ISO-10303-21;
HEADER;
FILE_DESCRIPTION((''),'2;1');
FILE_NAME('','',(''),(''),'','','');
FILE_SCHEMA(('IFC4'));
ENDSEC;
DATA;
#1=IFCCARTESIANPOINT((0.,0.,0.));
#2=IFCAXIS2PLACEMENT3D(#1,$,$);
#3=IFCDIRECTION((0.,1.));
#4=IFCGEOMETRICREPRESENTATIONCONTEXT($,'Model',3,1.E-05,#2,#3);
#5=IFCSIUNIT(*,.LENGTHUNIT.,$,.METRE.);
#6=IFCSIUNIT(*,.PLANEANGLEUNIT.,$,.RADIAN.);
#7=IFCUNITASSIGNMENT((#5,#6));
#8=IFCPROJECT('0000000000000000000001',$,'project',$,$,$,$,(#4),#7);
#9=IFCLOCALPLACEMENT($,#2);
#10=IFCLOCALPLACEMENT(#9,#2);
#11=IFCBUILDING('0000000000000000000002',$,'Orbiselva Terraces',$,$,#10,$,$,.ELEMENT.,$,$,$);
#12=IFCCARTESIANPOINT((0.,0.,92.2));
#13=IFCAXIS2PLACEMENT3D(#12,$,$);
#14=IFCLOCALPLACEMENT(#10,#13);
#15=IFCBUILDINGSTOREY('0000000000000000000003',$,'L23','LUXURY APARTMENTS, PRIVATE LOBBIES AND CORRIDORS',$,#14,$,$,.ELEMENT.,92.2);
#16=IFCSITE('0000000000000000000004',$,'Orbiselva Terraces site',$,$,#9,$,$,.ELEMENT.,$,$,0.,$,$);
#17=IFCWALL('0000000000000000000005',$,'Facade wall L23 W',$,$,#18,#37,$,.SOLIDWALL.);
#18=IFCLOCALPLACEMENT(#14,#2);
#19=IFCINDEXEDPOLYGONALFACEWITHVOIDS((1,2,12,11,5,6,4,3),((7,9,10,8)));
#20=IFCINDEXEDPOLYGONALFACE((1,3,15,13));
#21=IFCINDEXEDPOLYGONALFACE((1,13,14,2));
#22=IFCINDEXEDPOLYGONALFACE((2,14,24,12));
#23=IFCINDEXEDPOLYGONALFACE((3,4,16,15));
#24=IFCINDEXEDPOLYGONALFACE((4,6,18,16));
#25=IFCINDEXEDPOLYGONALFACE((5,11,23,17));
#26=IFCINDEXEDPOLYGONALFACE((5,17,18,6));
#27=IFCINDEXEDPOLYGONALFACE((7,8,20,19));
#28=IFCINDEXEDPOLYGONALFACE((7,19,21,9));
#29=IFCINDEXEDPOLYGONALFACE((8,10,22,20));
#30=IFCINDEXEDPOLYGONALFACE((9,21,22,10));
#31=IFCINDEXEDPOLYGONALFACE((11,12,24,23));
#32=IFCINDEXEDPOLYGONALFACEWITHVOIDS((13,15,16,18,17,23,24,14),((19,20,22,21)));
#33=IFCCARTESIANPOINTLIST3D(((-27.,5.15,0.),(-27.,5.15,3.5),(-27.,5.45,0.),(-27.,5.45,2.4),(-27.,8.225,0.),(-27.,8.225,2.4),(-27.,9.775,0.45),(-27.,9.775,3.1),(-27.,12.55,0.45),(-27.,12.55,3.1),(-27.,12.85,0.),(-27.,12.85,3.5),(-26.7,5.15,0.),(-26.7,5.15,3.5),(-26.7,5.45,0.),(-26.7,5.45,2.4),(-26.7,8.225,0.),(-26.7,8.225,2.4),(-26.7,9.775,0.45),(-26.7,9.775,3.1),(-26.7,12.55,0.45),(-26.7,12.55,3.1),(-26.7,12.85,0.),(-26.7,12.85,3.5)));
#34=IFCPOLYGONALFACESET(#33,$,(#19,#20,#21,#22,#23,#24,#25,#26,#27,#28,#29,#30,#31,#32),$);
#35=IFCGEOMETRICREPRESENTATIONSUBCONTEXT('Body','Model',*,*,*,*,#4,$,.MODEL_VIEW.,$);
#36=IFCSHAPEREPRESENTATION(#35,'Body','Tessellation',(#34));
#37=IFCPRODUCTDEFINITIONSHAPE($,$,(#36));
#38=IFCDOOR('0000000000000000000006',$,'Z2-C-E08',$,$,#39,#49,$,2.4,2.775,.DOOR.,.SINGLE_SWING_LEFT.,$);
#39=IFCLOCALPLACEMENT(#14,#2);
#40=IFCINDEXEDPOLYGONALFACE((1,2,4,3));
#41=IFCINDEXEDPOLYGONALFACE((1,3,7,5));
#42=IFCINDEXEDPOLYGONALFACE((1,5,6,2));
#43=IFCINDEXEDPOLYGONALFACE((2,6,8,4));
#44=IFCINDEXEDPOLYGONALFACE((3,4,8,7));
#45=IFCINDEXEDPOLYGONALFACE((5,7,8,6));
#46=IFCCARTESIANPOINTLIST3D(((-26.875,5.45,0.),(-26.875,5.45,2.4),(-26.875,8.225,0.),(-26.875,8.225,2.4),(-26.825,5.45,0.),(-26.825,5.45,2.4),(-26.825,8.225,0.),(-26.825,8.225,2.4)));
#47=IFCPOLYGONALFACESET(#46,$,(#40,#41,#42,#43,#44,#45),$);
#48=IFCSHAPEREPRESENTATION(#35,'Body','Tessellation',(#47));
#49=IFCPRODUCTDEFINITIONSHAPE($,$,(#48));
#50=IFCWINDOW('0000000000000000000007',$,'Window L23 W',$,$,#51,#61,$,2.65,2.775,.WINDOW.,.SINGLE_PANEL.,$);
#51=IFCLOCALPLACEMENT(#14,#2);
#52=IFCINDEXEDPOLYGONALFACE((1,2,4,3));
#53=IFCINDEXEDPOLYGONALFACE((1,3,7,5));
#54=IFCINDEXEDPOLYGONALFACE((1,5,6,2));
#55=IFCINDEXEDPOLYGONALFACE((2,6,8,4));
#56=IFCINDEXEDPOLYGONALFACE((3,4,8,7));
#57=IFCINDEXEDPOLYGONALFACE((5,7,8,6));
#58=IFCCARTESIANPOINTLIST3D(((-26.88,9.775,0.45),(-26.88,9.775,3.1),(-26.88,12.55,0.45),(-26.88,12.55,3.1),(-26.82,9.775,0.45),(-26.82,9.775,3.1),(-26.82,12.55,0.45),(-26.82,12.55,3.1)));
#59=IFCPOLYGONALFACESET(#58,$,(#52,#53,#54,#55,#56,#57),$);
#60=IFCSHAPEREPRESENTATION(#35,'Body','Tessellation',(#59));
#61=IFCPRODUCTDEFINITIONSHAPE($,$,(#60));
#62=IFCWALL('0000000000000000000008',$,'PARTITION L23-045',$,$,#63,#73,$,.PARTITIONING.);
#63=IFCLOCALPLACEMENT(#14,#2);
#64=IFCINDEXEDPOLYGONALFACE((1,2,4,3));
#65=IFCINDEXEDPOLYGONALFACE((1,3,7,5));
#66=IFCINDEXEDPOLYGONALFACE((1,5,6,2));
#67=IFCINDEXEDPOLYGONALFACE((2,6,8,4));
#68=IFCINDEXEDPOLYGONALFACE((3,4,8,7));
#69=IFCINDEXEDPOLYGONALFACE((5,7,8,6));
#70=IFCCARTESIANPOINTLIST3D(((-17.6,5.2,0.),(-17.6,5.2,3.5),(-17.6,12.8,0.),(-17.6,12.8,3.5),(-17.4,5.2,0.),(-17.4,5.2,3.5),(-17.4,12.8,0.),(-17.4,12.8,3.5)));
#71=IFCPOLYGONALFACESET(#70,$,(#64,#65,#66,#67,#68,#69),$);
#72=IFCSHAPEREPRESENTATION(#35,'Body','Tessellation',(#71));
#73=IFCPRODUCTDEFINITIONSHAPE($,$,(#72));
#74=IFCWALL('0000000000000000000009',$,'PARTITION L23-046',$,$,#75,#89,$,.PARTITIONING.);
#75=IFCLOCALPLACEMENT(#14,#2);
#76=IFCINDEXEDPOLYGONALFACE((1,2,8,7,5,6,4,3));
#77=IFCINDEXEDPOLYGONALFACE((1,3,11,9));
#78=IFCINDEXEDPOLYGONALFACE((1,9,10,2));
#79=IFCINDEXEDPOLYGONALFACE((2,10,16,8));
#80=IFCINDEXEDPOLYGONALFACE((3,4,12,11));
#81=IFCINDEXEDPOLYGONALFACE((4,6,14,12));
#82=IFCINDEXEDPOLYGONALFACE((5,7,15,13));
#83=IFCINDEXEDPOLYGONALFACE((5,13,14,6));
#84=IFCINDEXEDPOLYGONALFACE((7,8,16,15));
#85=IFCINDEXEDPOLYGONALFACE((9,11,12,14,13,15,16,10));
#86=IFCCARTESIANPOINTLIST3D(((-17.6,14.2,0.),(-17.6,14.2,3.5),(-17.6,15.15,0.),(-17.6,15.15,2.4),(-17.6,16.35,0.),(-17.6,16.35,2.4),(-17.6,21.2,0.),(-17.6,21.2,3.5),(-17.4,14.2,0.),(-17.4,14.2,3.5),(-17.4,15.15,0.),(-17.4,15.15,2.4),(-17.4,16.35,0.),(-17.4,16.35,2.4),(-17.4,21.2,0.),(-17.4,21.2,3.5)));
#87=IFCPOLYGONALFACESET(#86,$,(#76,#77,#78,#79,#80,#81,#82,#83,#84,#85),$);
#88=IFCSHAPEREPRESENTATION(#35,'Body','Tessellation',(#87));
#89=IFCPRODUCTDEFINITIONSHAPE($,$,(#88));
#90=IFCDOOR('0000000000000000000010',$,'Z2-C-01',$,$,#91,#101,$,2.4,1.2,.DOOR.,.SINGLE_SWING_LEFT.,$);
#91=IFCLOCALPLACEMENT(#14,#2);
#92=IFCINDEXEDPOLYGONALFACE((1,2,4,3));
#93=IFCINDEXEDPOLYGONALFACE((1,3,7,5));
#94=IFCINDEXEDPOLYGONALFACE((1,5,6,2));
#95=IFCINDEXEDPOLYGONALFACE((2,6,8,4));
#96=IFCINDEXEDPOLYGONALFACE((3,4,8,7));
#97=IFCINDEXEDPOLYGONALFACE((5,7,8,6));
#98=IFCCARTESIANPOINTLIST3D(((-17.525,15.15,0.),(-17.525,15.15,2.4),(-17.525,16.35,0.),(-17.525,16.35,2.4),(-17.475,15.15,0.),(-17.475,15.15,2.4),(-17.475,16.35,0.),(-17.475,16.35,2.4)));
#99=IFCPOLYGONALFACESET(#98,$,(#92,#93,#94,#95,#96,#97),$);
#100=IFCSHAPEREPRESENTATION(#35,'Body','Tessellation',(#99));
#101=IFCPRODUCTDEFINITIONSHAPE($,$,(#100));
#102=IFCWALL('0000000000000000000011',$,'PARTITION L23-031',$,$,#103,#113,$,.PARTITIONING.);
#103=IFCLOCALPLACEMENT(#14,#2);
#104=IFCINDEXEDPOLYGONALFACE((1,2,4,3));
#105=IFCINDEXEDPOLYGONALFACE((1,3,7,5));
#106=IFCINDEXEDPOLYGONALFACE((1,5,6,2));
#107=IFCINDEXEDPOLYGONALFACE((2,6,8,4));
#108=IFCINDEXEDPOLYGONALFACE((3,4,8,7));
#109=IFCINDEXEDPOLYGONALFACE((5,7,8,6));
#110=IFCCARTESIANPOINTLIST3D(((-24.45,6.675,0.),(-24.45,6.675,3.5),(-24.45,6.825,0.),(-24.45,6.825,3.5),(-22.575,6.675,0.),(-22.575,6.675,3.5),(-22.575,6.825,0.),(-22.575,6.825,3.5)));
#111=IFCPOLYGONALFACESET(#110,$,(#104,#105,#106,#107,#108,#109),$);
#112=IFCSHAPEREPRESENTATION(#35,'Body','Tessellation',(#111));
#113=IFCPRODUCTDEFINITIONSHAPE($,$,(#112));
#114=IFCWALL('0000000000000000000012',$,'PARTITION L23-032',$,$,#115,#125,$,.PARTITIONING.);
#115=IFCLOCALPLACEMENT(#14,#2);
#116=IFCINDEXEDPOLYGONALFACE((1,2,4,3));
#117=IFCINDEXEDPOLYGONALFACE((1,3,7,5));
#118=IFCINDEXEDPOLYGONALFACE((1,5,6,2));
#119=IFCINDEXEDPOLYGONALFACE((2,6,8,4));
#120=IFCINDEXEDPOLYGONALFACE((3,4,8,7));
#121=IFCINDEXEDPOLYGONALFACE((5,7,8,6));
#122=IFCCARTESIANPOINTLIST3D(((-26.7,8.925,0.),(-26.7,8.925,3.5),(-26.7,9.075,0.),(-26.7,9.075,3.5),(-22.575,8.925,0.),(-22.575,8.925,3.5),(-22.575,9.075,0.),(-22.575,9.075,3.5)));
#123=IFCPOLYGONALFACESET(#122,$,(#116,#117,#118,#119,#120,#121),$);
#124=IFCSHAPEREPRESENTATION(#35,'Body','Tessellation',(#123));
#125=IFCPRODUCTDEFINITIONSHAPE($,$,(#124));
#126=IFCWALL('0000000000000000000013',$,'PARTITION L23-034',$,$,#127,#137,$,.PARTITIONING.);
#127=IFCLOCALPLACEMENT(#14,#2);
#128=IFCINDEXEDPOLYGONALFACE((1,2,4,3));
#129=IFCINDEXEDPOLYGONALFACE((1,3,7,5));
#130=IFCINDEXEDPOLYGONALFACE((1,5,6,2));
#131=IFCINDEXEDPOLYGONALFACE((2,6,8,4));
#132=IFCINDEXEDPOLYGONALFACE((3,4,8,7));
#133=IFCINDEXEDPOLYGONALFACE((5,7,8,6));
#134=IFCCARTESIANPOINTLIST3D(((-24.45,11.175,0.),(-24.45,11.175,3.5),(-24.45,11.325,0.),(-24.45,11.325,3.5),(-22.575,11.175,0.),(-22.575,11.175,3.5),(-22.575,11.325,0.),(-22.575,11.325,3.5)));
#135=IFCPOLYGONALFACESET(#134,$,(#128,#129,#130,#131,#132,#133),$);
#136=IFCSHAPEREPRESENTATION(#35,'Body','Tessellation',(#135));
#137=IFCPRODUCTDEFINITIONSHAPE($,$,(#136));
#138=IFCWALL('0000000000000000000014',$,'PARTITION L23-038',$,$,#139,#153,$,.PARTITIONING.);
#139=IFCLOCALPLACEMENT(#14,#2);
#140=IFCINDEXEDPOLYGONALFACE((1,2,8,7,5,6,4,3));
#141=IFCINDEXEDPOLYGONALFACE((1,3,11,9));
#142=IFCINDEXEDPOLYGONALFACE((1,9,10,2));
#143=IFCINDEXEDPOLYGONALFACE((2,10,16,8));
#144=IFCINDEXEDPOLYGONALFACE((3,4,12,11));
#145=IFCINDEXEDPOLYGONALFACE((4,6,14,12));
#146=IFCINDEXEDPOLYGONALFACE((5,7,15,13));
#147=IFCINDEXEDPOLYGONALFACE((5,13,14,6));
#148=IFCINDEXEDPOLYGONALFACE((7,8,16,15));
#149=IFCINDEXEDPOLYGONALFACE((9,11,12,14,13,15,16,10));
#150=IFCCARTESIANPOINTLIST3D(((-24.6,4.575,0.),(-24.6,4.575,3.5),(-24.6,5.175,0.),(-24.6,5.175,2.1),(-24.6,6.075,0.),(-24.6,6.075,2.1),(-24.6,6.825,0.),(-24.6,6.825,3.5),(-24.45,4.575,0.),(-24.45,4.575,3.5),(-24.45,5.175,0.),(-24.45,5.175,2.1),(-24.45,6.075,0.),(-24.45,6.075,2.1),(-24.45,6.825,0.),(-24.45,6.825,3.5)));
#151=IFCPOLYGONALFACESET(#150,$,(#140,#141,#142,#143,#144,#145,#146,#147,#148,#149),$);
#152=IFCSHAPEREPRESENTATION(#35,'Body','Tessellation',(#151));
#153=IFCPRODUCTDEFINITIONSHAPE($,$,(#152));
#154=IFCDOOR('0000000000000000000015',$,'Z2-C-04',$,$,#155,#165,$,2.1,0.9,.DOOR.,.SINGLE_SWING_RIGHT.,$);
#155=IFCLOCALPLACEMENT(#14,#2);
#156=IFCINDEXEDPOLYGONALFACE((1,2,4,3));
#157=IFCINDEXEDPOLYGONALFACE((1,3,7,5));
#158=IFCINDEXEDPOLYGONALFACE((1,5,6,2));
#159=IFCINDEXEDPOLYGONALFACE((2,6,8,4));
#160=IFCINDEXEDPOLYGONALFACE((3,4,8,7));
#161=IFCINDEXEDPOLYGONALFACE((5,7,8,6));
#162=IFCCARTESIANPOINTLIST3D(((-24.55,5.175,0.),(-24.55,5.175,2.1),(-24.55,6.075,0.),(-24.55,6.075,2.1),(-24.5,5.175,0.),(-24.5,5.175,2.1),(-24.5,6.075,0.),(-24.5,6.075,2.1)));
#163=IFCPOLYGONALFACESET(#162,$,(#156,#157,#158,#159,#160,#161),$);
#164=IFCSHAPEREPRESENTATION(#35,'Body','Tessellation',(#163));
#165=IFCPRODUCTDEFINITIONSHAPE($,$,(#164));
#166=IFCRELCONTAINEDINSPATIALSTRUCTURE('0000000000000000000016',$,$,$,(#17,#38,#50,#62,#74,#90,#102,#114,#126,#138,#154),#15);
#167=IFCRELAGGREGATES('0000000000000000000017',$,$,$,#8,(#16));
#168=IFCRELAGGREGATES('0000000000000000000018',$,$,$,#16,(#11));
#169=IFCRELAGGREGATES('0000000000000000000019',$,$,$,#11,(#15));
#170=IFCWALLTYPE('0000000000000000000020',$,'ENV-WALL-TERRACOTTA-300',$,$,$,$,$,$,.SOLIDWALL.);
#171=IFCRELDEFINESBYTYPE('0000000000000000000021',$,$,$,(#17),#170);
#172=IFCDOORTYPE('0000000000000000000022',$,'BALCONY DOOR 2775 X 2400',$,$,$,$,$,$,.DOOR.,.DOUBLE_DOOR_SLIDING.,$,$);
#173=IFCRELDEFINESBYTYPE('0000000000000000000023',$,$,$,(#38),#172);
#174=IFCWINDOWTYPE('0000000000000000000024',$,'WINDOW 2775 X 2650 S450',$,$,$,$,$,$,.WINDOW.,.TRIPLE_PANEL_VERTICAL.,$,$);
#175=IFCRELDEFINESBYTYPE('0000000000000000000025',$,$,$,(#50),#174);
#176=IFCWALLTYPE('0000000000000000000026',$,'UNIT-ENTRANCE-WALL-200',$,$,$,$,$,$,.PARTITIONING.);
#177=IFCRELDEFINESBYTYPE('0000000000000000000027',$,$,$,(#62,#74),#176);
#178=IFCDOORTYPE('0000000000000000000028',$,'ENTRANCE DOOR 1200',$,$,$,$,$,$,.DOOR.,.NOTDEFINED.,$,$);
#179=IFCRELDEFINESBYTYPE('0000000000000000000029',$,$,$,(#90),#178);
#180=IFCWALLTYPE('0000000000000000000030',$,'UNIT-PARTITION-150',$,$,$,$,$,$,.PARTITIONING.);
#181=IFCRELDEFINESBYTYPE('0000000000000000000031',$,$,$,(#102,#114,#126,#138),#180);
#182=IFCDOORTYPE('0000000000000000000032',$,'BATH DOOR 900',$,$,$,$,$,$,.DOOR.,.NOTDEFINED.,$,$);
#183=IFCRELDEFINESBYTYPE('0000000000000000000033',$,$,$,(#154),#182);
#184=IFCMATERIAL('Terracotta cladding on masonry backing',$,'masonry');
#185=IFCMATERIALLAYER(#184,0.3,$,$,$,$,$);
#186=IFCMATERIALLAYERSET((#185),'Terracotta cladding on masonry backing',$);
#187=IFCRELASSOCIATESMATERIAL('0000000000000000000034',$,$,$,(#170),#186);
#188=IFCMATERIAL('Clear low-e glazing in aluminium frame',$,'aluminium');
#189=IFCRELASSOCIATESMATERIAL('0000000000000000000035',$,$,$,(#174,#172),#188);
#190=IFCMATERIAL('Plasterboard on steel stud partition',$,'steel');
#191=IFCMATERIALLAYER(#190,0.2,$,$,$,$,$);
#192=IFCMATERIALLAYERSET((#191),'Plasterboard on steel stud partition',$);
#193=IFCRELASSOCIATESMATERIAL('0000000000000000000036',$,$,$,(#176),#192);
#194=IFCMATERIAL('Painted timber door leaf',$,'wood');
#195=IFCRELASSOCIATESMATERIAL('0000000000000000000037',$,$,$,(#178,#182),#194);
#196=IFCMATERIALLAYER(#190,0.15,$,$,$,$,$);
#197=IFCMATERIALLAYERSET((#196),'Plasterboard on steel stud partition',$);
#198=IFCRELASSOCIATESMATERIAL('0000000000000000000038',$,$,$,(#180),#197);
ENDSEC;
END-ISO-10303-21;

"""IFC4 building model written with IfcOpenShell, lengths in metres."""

from ifc_helpers import new_model, si_unit, direction, frame, frame_2d, origin, place, context, subcontext, project, spatial, rectangle, extrude, material, layer, layer_set, type_object, element, fill, save


model = new_model("IFC4")

# Units and contexts
model_context = context("Model", 3, precision=1e-05, world=origin(), true_north=direction((0.0, 1.0)))
body_context = subcontext(model_context, "Body", "Model", "MODEL_VIEW")
ifc_project = project(units=[si_unit("LENGTHUNIT", "METRE"), si_unit("PLANEANGLEUNIT", "RADIAN")], contexts=[model_context])

# Site, building, storey
site_placement = place(None, origin())
site = spatial("IfcSite", under=ifc_project, at=site_placement, Name="Orbiselva Terraces site", CompositionType="ELEMENT", RefElevation=0.0)
building_placement = place(site_placement, origin())
building = spatial("IfcBuilding", under=site, at=building_placement, Name="Orbiselva Terraces", CompositionType="ELEMENT")
storey_placement = place(building_placement, frame((0.0, 0.0, 92.2)))
storey = spatial("IfcBuildingStorey", under=building, at=storey_placement, Name="L23", Description="LUXURY APARTMENTS, PRIVATE LOBBIES AND CORRIDORS", CompositionType="ELEMENT", Elevation=92.2)

# Shared definitions
ifc_material_1 = material(Name="Terracotta cladding on masonry backing", Category="masonry")
ifc_layer_1 = layer(ifc_material_1, 0.3)
ifc_layer_set_1 = layer_set([ifc_layer_1], Name="Terracotta cladding on masonry backing")
wall_type_1 = type_object("IfcWallType", Name="ENV-WALL-TERRACOTTA-300", PredefinedType="SOLIDWALL", material=ifc_layer_set_1)
ifc_material_2 = material(Name="Clear low-e glazing in aluminium frame", Category="aluminium")
window_type = type_object("IfcWindowType", Name="WINDOW 2775 X 2650 S450", PartitioningType="TRIPLE_PANEL_VERTICAL", PredefinedType="WINDOW", material=ifc_material_2)

# Wall, openings, door, window
wall_1_placement = place(storey_placement, frame((-26.85, 5.15, 0.0), z_axis=(0.0, 0.0, 1.0), x_axis=(0.0, 1.0, 0.0)))
wall_1 = element("IfcWall", 1, at=wall_1_placement, inside=storey, type_object=wall_type_1, Name="Facade wall L23 W", PredefinedType="SOLIDWALL", context=body_context, shape_type="SweptSolid", body=[
    extrude(rectangle(XDim=7.7, YDim=0.3, at=frame_2d((3.85, 0.0))), origin(), (0.0, 0.0, 1.0), 3.5),
])
opening_1_placement = place(wall_1_placement, frame((4.625, 0.0, 0.45)))
opening_1 = element("IfcOpeningElement", 2, at=opening_1_placement, cuts=wall_1, PredefinedType="OPENING", context=body_context, shape_type="SweptSolid", body=[
    extrude(rectangle(XDim=2.775, YDim=2.65, at=frame_2d((1.3875, 1.325))), frame((0.0, 0.16, 0.0), z_axis=(0.0, -1.0, 0.0), x_axis=(1.0, 0.0, 0.0)), (0.0, 0.0, 1.0), 0.32),
])
opening_2_placement = place(wall_1_placement, frame((0.3, 0.0, 0.0)))
opening_2 = element("IfcOpeningElement", 3, at=opening_2_placement, cuts=wall_1, PredefinedType="OPENING", context=body_context, shape_type="SweptSolid", body=[
    extrude(rectangle(XDim=2.775, YDim=2.4, at=frame_2d((1.3875, 1.2))), frame((0.0, 0.16, 0.0), z_axis=(0.0, -1.0, 0.0), x_axis=(1.0, 0.0, 0.0)), (0.0, 0.0, 1.0), 0.32),
])
door_type_1 = type_object("IfcDoorType", Name="BALCONY DOOR 2775 X 2400", OperationType="DOUBLE_DOOR_SLIDING", PredefinedType="DOOR", material=ifc_material_2)
door_1_placement = place(opening_2_placement, origin())
door_1 = element("IfcDoor", 4, at=door_1_placement, inside=storey, type_object=door_type_1, Name="Z2-C-E08", OperationType="SINGLE_SWING_LEFT", OverallHeight=2.4, OverallWidth=2.775, PredefinedType="DOOR", context=body_context, shape_type="SweptSolid", body=[
    extrude(rectangle(XDim=2.775, YDim=2.4, at=frame_2d((1.3875, 1.2))), frame((0.0, 0.025, 0.0), z_axis=(0.0, -1.0, 0.0), x_axis=(1.0, 0.0, 0.0)), (0.0, 0.0, 1.0), 0.05),
])
fill(opening_2, door_1)
window_1_placement = place(opening_1_placement, origin())
window_1 = element("IfcWindow", 5, at=window_1_placement, inside=storey, type_object=window_type, Name="Window L23 W", OverallHeight=2.65, OverallWidth=2.775, PartitioningType="SINGLE_PANEL", PredefinedType="WINDOW", context=body_context, shape_type="SweptSolid", body=[
    extrude(rectangle(XDim=2.775, YDim=2.65, at=frame_2d((1.3875, 1.325))), frame((0.0, 0.03, 0.0), z_axis=(0.0, -1.0, 0.0), x_axis=(1.0, 0.0, 0.0)), (0.0, 0.0, 1.0), 0.06),
])
fill(opening_1, window_1)

# Wall
ifc_material_3 = material(Name="Plasterboard on steel stud partition", Category="steel")
ifc_layer_2 = layer(ifc_material_3, 0.2)
ifc_layer_set_2 = layer_set([ifc_layer_2], Name="Plasterboard on steel stud partition")
wall_type_2 = type_object("IfcWallType", Name="UNIT-ENTRANCE-WALL-200", PredefinedType="PARTITIONING", material=ifc_layer_set_2)
wall_2_placement = place(storey_placement, frame((-17.5, 5.2, 0.0), z_axis=(0.0, 0.0, 1.0), x_axis=(0.0, 1.0, 0.0)))
element("IfcWall", 6, at=wall_2_placement, inside=storey, type_object=wall_type_2, Name="PARTITION L23-045", PredefinedType="PARTITIONING", context=body_context, shape_type="SweptSolid", body=[
    extrude(rectangle(XDim=7.6, YDim=0.2, at=frame_2d((3.8, 0.0))), origin(), (0.0, 0.0, 1.0), 3.5),
])

# Wall, opening, door
wall_3_placement = place(storey_placement, frame((-17.5, 14.2, 0.0), z_axis=(0.0, 0.0, 1.0), x_axis=(0.0, 1.0, 0.0)))
wall_3 = element("IfcWall", 7, at=wall_3_placement, inside=storey, type_object=wall_type_2, Name="PARTITION L23-046", PredefinedType="PARTITIONING", context=body_context, shape_type="SweptSolid", body=[
    extrude(rectangle(XDim=7.0, YDim=0.2, at=frame_2d((3.5, 0.0))), origin(), (0.0, 0.0, 1.0), 3.5),
])
opening_3_placement = place(wall_3_placement, frame((0.95, 0.0, 0.0)))
opening_3 = element("IfcOpeningElement", 8, at=opening_3_placement, cuts=wall_3, PredefinedType="OPENING", context=body_context, shape_type="SweptSolid", body=[
    extrude(rectangle(XDim=1.2, YDim=2.4, at=frame_2d((0.6, 1.2))), frame((0.0, 0.11, 0.0), z_axis=(0.0, -1.0, 0.0), x_axis=(1.0, 0.0, 0.0)), (0.0, 0.0, 1.0), 0.22),
])
ifc_material_4 = material(Name="Painted timber door leaf", Category="wood")
door_type_2 = type_object("IfcDoorType", Name="ENTRANCE DOOR 1200", OperationType="NOTDEFINED", PredefinedType="DOOR", material=ifc_material_4)
door_2_placement = place(opening_3_placement, origin())
door_2 = element("IfcDoor", 9, at=door_2_placement, inside=storey, type_object=door_type_2, Name="Z2-C-01", OperationType="SINGLE_SWING_LEFT", OverallHeight=2.4, OverallWidth=1.2, PredefinedType="DOOR", context=body_context, shape_type="SweptSolid", body=[
    extrude(rectangle(XDim=1.2, YDim=2.4, at=frame_2d((0.6, 1.2))), frame((0.0, 0.025, 0.0), z_axis=(0.0, -1.0, 0.0), x_axis=(1.0, 0.0, 0.0)), (0.0, 0.0, 1.0), 0.05),
])
fill(opening_3, door_2)

# Walls
ifc_layer_3 = layer(ifc_material_3, 0.15)
ifc_layer_set_3 = layer_set([ifc_layer_3], Name="Plasterboard on steel stud partition")
wall_type_3 = type_object("IfcWallType", Name="UNIT-PARTITION-150", PredefinedType="PARTITIONING", material=ifc_layer_set_3)
wall_4_placement = place(storey_placement, frame((-24.45, 6.75, 0.0), z_axis=(0.0, 0.0, 1.0), x_axis=(1.0, 0.0, 0.0)))
element("IfcWall", 10, at=wall_4_placement, inside=storey, type_object=wall_type_3, Name="PARTITION L23-031", PredefinedType="PARTITIONING", context=body_context, shape_type="SweptSolid", body=[
    extrude(rectangle(XDim=1.875, YDim=0.15, at=frame_2d((0.9375, 0.0))), origin(), (0.0, 0.0, 1.0), 3.5),
])
wall_5_placement = place(storey_placement, frame((-26.7, 9.0, 0.0), z_axis=(0.0, 0.0, 1.0), x_axis=(1.0, 0.0, 0.0)))
element("IfcWall", 11, at=wall_5_placement, inside=storey, type_object=wall_type_3, Name="PARTITION L23-032", PredefinedType="PARTITIONING", context=body_context, shape_type="SweptSolid", body=[
    extrude(rectangle(XDim=4.125, YDim=0.15, at=frame_2d((2.0625, 0.0))), origin(), (0.0, 0.0, 1.0), 3.5),
])
wall_6_placement = place(storey_placement, frame((-24.45, 11.25, 0.0), z_axis=(0.0, 0.0, 1.0), x_axis=(1.0, 0.0, 0.0)))
element("IfcWall", 12, at=wall_6_placement, inside=storey, type_object=wall_type_3, Name="PARTITION L23-034", PredefinedType="PARTITIONING", context=body_context, shape_type="SweptSolid", body=[
    extrude(rectangle(XDim=1.875, YDim=0.15, at=frame_2d((0.9375, 0.0))), origin(), (0.0, 0.0, 1.0), 3.5),
])

# Wall, opening, door
wall_7_placement = place(storey_placement, frame((-24.525, 6.825, 0.0), z_axis=(0.0, 0.0, 1.0), x_axis=(0.0, -1.0, 0.0)))
wall_7 = element("IfcWall", 13, at=wall_7_placement, inside=storey, type_object=wall_type_3, Name="PARTITION L23-038", PredefinedType="PARTITIONING", context=body_context, shape_type="SweptSolid", body=[
    extrude(rectangle(XDim=2.25, YDim=0.15, at=frame_2d((1.125, 0.0))), origin(), (0.0, 0.0, 1.0), 3.5),
])
opening_4_placement = place(wall_7_placement, frame((0.75, 0.0, 0.0)))
opening_4 = element("IfcOpeningElement", 14, at=opening_4_placement, cuts=wall_7, PredefinedType="OPENING", context=body_context, shape_type="SweptSolid", body=[
    extrude(rectangle(XDim=0.9, YDim=2.1, at=frame_2d((0.45, 1.05))), frame((0.0, 0.085, 0.0), z_axis=(0.0, -1.0, 0.0), x_axis=(1.0, 0.0, 0.0)), (0.0, 0.0, 1.0), 0.17),
])
door_type_3 = type_object("IfcDoorType", Name="BATH DOOR 900", OperationType="NOTDEFINED", PredefinedType="DOOR", material=ifc_material_4)
door_3_placement = place(opening_4_placement, origin())
door_3 = element("IfcDoor", 15, at=door_3_placement, inside=storey, type_object=door_type_3, Name="Z2-C-04", OperationType="SINGLE_SWING_RIGHT", OverallHeight=2.1, OverallWidth=0.9, PredefinedType="DOOR", context=body_context, shape_type="SweptSolid", body=[
    extrude(rectangle(XDim=0.9, YDim=2.1, at=frame_2d((0.45, 1.05))), frame((0.0, 0.025, 0.0), z_axis=(0.0, -1.0, 0.0), x_axis=(1.0, 0.0, 0.0)), (0.0, 0.0, 1.0), 0.05),
])
fill(opening_4, door_3)

save(model, "model.ifc")
